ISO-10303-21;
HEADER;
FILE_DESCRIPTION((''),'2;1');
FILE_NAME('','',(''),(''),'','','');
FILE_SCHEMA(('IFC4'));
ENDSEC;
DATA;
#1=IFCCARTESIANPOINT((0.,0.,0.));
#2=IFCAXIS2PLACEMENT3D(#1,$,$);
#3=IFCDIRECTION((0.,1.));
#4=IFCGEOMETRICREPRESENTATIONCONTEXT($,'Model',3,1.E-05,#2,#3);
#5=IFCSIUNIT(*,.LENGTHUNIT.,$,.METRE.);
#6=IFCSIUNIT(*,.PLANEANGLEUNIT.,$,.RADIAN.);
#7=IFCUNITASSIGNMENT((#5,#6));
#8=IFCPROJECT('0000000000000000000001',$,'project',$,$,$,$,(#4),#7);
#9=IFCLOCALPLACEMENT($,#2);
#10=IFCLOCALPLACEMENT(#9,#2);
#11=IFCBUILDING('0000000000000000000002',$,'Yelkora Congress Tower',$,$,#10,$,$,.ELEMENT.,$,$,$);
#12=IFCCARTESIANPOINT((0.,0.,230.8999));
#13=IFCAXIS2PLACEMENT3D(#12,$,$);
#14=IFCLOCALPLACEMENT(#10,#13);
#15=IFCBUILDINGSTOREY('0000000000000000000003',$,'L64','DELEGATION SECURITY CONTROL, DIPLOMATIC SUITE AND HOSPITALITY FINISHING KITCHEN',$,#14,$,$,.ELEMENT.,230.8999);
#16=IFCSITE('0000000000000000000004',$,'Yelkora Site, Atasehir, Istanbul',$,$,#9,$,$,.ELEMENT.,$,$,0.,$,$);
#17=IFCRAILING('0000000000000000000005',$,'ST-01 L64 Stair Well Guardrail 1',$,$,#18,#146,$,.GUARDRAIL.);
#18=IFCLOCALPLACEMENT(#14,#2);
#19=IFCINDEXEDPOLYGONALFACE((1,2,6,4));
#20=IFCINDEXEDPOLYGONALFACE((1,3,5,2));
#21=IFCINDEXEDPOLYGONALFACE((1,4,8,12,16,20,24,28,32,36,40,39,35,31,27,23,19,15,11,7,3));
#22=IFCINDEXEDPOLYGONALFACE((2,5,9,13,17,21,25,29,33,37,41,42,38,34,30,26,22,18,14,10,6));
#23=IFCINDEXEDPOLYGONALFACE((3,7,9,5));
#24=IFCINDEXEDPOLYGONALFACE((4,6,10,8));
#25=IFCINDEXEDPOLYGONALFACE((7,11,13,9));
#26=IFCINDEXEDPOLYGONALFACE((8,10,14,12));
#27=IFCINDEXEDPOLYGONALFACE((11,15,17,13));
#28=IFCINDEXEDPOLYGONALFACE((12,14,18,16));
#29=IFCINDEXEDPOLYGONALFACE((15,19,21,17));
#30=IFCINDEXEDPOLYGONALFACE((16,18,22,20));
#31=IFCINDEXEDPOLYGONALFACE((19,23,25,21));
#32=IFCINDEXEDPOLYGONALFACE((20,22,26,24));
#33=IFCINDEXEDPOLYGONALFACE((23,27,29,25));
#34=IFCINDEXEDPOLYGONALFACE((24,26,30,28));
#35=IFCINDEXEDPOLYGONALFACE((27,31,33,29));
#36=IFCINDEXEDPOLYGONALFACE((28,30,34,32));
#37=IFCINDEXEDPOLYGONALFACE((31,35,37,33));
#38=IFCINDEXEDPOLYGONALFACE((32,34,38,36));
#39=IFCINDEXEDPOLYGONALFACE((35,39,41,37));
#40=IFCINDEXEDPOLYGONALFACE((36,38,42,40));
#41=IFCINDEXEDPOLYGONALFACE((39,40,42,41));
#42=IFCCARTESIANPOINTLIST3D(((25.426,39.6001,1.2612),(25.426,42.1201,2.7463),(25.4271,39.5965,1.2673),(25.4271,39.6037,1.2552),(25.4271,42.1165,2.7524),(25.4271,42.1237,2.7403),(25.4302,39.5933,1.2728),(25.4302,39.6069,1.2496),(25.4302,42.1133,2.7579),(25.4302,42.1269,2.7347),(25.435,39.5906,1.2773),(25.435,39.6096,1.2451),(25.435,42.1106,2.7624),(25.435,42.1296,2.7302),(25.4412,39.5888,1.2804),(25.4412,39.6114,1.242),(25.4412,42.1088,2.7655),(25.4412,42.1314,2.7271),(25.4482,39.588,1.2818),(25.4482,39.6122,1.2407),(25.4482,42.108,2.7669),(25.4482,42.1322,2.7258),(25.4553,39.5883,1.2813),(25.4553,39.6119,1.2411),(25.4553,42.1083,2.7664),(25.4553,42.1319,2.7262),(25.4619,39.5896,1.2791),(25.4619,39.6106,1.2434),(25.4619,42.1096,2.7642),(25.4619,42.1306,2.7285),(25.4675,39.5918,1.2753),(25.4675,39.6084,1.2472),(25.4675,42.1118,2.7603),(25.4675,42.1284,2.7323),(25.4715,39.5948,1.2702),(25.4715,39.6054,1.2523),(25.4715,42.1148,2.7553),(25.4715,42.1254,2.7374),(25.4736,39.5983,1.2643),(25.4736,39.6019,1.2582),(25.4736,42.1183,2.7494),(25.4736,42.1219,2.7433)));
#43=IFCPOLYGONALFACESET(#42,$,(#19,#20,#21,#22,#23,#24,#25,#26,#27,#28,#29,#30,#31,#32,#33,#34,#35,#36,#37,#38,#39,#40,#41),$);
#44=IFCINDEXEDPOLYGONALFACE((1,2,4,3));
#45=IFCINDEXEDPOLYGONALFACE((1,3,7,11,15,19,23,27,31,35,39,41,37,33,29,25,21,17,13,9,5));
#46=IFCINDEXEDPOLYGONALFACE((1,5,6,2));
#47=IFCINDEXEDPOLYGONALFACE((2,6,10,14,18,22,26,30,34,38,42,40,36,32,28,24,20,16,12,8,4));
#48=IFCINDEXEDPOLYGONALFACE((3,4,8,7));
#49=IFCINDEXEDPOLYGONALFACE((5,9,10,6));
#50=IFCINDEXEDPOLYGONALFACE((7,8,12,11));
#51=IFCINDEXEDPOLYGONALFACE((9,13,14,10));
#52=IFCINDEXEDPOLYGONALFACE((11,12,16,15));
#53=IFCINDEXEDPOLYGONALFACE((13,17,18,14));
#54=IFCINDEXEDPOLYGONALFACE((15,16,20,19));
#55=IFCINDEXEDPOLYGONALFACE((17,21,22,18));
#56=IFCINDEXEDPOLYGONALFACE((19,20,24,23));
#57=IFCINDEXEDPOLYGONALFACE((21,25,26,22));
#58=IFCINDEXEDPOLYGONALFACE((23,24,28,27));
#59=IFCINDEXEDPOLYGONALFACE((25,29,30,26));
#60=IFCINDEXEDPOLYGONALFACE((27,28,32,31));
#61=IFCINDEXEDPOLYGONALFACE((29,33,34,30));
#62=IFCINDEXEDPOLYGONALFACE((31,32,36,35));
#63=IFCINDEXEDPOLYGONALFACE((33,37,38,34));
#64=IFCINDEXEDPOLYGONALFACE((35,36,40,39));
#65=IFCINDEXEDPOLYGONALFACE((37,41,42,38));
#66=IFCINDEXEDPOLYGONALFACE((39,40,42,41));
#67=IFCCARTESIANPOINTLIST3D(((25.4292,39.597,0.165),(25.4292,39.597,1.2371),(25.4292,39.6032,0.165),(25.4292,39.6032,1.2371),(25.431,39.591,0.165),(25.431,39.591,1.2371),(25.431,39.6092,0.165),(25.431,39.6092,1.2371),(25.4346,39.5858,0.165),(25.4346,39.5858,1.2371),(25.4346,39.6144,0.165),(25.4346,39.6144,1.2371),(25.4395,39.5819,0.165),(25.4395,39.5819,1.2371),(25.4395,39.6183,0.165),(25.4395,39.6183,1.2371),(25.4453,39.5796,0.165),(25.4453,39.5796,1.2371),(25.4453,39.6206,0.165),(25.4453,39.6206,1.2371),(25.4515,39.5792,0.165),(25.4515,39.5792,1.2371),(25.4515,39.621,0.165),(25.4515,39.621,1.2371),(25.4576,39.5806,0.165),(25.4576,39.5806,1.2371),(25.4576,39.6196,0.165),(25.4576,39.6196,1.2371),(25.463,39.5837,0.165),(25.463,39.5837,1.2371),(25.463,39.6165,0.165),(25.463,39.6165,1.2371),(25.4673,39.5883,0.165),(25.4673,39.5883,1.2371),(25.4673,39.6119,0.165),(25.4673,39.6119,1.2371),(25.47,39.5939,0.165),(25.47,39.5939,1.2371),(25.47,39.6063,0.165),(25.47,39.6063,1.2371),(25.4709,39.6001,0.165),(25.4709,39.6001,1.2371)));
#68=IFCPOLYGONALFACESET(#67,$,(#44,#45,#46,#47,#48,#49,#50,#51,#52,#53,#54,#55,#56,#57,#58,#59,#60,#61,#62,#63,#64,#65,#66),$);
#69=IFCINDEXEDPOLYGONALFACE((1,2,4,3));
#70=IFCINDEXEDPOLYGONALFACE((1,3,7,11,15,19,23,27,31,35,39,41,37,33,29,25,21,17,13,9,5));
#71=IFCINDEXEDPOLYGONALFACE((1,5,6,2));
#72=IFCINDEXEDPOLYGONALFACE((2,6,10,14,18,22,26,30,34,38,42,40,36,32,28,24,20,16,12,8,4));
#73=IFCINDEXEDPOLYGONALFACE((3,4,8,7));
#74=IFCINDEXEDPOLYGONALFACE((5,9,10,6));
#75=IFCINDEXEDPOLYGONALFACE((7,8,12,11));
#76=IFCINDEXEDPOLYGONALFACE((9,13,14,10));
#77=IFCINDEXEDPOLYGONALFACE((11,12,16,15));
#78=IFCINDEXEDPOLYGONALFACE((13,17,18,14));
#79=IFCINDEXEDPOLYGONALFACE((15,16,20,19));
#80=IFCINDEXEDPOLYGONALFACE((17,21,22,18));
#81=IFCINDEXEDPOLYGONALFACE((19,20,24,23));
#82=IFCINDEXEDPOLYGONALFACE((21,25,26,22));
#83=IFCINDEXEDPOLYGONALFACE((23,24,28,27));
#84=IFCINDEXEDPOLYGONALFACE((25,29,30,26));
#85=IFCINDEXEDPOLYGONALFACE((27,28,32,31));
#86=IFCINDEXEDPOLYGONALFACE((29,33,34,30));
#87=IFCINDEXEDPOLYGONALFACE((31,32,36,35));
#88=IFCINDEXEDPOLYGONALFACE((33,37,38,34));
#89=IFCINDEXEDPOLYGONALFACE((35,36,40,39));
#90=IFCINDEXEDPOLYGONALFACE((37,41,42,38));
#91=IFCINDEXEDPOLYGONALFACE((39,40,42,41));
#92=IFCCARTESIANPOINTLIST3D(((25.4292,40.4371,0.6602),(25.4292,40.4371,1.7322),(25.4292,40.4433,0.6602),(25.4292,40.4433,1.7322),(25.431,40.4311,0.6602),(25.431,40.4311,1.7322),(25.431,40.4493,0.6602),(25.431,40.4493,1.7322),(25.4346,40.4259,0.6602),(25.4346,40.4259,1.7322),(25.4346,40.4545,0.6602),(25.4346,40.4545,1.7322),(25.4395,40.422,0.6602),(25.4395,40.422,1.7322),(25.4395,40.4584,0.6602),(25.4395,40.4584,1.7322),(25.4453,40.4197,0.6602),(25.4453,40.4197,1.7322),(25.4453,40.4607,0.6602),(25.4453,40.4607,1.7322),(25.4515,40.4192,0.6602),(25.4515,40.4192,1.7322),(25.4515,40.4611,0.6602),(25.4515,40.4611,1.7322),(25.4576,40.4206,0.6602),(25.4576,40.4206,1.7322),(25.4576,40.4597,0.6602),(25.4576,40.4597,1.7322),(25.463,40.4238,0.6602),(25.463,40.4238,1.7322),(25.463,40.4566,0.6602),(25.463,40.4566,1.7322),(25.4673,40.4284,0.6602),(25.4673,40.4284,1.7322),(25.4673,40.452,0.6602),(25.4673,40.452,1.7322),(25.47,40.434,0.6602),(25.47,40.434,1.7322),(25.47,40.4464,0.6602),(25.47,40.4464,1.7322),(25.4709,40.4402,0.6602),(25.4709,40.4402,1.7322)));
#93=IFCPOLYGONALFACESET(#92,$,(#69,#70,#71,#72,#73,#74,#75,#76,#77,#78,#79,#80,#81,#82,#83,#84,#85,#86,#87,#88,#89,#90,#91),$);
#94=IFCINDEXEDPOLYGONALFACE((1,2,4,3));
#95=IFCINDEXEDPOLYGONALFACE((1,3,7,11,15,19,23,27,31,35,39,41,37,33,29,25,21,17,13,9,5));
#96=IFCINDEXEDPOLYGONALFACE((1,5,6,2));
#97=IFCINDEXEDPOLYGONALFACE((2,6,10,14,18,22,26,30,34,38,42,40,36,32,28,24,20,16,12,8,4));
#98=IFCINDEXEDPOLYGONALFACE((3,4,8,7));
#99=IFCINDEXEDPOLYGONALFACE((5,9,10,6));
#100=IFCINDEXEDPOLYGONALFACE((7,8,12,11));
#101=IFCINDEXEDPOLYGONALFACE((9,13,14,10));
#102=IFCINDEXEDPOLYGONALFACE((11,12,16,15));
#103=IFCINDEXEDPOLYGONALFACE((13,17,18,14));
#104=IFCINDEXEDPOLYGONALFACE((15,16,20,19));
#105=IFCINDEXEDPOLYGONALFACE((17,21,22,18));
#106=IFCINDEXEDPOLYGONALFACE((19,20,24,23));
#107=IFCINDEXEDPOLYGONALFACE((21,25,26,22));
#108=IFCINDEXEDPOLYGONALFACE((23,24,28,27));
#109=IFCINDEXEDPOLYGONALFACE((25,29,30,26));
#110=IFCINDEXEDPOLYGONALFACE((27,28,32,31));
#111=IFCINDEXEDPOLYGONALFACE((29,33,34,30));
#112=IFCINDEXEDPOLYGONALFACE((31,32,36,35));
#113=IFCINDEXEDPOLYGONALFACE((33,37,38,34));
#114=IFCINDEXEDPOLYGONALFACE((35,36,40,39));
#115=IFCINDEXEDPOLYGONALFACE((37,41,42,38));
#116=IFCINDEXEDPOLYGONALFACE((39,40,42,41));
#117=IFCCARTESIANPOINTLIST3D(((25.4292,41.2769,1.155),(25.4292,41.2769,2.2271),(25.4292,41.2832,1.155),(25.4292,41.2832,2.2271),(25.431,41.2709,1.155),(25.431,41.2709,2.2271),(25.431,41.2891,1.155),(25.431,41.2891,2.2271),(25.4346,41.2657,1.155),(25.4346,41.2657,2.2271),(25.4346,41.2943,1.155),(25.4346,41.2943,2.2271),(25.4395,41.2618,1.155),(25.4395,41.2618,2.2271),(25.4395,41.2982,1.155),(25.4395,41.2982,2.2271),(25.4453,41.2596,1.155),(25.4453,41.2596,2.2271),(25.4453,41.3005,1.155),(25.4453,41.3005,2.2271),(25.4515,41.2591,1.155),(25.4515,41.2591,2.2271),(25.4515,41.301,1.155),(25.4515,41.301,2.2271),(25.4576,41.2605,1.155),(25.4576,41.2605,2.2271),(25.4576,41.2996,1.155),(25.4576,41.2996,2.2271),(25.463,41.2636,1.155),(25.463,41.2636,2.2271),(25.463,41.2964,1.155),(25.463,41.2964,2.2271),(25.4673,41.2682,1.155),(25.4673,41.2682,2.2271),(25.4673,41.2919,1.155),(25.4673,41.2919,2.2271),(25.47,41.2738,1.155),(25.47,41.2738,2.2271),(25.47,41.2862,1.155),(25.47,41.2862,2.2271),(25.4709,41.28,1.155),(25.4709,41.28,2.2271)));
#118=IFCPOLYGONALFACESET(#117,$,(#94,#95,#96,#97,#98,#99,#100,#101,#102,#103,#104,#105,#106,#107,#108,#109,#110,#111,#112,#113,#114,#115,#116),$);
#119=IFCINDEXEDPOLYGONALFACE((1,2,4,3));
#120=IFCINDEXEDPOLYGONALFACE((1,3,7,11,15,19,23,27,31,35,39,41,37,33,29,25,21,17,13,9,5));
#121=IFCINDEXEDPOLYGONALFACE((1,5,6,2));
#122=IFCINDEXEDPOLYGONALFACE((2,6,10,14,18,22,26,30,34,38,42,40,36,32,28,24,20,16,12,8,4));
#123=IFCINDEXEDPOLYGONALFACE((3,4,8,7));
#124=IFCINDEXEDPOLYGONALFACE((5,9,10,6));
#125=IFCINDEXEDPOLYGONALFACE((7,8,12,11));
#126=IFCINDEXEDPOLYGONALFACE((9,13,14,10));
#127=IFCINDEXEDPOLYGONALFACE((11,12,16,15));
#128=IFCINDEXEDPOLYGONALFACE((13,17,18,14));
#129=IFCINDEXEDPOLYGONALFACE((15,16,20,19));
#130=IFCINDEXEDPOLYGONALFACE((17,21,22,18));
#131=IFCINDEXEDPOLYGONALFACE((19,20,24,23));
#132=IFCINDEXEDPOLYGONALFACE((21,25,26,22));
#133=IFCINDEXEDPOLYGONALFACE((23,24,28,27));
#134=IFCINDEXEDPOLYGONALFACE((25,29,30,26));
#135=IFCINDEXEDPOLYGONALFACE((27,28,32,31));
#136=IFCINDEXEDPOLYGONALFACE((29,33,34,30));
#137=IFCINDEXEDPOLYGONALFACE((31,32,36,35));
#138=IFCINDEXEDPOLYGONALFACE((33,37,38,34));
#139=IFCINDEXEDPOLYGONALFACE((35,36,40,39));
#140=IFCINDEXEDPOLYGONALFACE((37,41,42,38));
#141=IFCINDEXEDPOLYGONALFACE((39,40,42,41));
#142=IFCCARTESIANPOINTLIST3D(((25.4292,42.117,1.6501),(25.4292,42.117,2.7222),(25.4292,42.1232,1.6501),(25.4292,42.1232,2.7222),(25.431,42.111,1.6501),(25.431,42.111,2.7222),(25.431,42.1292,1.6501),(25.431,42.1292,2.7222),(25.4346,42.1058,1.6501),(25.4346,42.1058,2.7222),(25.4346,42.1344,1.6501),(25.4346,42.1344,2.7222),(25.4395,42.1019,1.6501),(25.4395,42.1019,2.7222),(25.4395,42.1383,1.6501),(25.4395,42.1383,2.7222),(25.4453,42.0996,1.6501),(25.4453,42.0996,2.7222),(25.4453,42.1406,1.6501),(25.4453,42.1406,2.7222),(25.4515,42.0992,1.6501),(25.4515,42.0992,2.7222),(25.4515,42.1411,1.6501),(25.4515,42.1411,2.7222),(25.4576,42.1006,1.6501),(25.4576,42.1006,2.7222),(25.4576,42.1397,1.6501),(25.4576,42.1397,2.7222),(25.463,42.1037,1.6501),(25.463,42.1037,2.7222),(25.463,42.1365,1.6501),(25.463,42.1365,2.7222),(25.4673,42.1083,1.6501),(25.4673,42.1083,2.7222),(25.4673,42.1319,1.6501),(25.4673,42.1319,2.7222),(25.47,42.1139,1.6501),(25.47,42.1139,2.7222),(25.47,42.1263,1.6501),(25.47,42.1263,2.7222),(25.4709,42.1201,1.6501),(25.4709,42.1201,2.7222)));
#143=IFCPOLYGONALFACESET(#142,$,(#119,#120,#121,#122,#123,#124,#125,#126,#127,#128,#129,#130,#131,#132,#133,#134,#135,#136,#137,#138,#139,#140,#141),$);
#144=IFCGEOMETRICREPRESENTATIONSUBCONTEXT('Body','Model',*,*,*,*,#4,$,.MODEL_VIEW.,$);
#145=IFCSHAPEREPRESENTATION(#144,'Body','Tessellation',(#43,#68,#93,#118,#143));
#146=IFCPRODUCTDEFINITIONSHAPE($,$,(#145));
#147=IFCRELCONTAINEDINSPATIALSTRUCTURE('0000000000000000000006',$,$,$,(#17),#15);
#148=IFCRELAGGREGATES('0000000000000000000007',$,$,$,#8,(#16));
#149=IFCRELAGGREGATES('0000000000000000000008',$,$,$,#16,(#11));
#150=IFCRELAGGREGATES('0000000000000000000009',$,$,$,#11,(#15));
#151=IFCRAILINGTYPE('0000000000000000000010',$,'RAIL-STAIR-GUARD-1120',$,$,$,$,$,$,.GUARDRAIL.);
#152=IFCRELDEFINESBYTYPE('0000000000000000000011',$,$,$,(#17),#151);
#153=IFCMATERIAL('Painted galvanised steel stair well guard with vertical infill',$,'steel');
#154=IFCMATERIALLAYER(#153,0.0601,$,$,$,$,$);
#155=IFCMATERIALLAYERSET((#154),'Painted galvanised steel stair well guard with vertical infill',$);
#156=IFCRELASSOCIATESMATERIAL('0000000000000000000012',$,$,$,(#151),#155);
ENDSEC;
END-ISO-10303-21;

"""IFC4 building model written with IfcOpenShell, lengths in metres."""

from ifc_helpers import new_model, si_unit, direction, frame, origin, origin_2d, place, context, subcontext, project, spatial, circle, extrude, material, layer, layer_set, type_object, element, save


model = new_model("IFC4")

# Units and contexts
model_context = context("Model", 3, precision=1e-05, world=origin(), true_north=direction((0.0, 1.0)))
body_context = subcontext(model_context, "Body", "Model", "MODEL_VIEW")
ifc_project = project(units=[si_unit("LENGTHUNIT", "METRE"), si_unit("PLANEANGLEUNIT", "RADIAN")], contexts=[model_context])

# Site, building, storey
site_placement = place(None, origin())
site = spatial("IfcSite", under=ifc_project, at=site_placement, Name="Yelkora Site, Atasehir, Istanbul", CompositionType="ELEMENT", RefElevation=0.0)
building_placement = place(site_placement, origin())
building = spatial("IfcBuilding", under=site, at=building_placement, Name="Yelkora Congress Tower", CompositionType="ELEMENT")
storey_placement = place(building_placement, frame((0.0, 0.0, 230.8999)))
storey = spatial("IfcBuildingStorey", under=building, at=storey_placement, Name="L64", Description="DELEGATION SECURITY CONTROL, DIPLOMATIC SUITE AND HOSPITALITY FINISHING KITCHEN", CompositionType="ELEMENT", Elevation=230.8999)

# Railing
ifc_material_1 = material(Name="Painted galvanised steel stair well guard with vertical infill", Category="steel")
ifc_layer_1 = layer(ifc_material_1, 0.0601)
ifc_layer_set_1 = layer_set([ifc_layer_1], Name="Painted galvanised steel stair well guard with vertical infill")
railing_type_1 = type_object("IfcRailingType", Name="RAIL-STAIR-GUARD-1120", PredefinedType="GUARDRAIL", material=ifc_layer_set_1)
railing_1_placement = place(storey_placement, frame((25.45, 39.6001, 0.165)))
element("IfcRailing", 1, at=railing_1_placement, inside=storey, type_object=railing_type_1, Name="ST-01 L64 Stair Well Guardrail 1", PredefinedType="GUARDRAIL", context=body_context, shape_type="SweptSolid", body=[
    extrude(circle(Radius=0.0239, at=origin_2d()), frame((0.0, 0.0, 1.0962), z_axis=(0.0, 0.861524, 0.507717), x_axis=(-1.0, 0.0, 0.0)), (0.0, 0.0, 1.0), 2.925),
    extrude(circle(Radius=0.021, at=origin_2d()), origin(), (0.0, 0.0, 1.0), 1.072),
    extrude(circle(Radius=0.021, at=origin_2d()), frame((0.0, 0.8401, 0.4951)), (0.0, 0.0, 1.0), 1.072),
    extrude(circle(Radius=0.021, at=origin_2d()), frame((0.0, 1.6799, 0.99)), (0.0, 0.0, 1.0), 1.072),
    extrude(circle(Radius=0.021, at=origin_2d()), frame((0.0, 2.52, 1.4851)), (0.0, 0.0, 1.0), 1.072),
])

save(model, "model.ifc")
